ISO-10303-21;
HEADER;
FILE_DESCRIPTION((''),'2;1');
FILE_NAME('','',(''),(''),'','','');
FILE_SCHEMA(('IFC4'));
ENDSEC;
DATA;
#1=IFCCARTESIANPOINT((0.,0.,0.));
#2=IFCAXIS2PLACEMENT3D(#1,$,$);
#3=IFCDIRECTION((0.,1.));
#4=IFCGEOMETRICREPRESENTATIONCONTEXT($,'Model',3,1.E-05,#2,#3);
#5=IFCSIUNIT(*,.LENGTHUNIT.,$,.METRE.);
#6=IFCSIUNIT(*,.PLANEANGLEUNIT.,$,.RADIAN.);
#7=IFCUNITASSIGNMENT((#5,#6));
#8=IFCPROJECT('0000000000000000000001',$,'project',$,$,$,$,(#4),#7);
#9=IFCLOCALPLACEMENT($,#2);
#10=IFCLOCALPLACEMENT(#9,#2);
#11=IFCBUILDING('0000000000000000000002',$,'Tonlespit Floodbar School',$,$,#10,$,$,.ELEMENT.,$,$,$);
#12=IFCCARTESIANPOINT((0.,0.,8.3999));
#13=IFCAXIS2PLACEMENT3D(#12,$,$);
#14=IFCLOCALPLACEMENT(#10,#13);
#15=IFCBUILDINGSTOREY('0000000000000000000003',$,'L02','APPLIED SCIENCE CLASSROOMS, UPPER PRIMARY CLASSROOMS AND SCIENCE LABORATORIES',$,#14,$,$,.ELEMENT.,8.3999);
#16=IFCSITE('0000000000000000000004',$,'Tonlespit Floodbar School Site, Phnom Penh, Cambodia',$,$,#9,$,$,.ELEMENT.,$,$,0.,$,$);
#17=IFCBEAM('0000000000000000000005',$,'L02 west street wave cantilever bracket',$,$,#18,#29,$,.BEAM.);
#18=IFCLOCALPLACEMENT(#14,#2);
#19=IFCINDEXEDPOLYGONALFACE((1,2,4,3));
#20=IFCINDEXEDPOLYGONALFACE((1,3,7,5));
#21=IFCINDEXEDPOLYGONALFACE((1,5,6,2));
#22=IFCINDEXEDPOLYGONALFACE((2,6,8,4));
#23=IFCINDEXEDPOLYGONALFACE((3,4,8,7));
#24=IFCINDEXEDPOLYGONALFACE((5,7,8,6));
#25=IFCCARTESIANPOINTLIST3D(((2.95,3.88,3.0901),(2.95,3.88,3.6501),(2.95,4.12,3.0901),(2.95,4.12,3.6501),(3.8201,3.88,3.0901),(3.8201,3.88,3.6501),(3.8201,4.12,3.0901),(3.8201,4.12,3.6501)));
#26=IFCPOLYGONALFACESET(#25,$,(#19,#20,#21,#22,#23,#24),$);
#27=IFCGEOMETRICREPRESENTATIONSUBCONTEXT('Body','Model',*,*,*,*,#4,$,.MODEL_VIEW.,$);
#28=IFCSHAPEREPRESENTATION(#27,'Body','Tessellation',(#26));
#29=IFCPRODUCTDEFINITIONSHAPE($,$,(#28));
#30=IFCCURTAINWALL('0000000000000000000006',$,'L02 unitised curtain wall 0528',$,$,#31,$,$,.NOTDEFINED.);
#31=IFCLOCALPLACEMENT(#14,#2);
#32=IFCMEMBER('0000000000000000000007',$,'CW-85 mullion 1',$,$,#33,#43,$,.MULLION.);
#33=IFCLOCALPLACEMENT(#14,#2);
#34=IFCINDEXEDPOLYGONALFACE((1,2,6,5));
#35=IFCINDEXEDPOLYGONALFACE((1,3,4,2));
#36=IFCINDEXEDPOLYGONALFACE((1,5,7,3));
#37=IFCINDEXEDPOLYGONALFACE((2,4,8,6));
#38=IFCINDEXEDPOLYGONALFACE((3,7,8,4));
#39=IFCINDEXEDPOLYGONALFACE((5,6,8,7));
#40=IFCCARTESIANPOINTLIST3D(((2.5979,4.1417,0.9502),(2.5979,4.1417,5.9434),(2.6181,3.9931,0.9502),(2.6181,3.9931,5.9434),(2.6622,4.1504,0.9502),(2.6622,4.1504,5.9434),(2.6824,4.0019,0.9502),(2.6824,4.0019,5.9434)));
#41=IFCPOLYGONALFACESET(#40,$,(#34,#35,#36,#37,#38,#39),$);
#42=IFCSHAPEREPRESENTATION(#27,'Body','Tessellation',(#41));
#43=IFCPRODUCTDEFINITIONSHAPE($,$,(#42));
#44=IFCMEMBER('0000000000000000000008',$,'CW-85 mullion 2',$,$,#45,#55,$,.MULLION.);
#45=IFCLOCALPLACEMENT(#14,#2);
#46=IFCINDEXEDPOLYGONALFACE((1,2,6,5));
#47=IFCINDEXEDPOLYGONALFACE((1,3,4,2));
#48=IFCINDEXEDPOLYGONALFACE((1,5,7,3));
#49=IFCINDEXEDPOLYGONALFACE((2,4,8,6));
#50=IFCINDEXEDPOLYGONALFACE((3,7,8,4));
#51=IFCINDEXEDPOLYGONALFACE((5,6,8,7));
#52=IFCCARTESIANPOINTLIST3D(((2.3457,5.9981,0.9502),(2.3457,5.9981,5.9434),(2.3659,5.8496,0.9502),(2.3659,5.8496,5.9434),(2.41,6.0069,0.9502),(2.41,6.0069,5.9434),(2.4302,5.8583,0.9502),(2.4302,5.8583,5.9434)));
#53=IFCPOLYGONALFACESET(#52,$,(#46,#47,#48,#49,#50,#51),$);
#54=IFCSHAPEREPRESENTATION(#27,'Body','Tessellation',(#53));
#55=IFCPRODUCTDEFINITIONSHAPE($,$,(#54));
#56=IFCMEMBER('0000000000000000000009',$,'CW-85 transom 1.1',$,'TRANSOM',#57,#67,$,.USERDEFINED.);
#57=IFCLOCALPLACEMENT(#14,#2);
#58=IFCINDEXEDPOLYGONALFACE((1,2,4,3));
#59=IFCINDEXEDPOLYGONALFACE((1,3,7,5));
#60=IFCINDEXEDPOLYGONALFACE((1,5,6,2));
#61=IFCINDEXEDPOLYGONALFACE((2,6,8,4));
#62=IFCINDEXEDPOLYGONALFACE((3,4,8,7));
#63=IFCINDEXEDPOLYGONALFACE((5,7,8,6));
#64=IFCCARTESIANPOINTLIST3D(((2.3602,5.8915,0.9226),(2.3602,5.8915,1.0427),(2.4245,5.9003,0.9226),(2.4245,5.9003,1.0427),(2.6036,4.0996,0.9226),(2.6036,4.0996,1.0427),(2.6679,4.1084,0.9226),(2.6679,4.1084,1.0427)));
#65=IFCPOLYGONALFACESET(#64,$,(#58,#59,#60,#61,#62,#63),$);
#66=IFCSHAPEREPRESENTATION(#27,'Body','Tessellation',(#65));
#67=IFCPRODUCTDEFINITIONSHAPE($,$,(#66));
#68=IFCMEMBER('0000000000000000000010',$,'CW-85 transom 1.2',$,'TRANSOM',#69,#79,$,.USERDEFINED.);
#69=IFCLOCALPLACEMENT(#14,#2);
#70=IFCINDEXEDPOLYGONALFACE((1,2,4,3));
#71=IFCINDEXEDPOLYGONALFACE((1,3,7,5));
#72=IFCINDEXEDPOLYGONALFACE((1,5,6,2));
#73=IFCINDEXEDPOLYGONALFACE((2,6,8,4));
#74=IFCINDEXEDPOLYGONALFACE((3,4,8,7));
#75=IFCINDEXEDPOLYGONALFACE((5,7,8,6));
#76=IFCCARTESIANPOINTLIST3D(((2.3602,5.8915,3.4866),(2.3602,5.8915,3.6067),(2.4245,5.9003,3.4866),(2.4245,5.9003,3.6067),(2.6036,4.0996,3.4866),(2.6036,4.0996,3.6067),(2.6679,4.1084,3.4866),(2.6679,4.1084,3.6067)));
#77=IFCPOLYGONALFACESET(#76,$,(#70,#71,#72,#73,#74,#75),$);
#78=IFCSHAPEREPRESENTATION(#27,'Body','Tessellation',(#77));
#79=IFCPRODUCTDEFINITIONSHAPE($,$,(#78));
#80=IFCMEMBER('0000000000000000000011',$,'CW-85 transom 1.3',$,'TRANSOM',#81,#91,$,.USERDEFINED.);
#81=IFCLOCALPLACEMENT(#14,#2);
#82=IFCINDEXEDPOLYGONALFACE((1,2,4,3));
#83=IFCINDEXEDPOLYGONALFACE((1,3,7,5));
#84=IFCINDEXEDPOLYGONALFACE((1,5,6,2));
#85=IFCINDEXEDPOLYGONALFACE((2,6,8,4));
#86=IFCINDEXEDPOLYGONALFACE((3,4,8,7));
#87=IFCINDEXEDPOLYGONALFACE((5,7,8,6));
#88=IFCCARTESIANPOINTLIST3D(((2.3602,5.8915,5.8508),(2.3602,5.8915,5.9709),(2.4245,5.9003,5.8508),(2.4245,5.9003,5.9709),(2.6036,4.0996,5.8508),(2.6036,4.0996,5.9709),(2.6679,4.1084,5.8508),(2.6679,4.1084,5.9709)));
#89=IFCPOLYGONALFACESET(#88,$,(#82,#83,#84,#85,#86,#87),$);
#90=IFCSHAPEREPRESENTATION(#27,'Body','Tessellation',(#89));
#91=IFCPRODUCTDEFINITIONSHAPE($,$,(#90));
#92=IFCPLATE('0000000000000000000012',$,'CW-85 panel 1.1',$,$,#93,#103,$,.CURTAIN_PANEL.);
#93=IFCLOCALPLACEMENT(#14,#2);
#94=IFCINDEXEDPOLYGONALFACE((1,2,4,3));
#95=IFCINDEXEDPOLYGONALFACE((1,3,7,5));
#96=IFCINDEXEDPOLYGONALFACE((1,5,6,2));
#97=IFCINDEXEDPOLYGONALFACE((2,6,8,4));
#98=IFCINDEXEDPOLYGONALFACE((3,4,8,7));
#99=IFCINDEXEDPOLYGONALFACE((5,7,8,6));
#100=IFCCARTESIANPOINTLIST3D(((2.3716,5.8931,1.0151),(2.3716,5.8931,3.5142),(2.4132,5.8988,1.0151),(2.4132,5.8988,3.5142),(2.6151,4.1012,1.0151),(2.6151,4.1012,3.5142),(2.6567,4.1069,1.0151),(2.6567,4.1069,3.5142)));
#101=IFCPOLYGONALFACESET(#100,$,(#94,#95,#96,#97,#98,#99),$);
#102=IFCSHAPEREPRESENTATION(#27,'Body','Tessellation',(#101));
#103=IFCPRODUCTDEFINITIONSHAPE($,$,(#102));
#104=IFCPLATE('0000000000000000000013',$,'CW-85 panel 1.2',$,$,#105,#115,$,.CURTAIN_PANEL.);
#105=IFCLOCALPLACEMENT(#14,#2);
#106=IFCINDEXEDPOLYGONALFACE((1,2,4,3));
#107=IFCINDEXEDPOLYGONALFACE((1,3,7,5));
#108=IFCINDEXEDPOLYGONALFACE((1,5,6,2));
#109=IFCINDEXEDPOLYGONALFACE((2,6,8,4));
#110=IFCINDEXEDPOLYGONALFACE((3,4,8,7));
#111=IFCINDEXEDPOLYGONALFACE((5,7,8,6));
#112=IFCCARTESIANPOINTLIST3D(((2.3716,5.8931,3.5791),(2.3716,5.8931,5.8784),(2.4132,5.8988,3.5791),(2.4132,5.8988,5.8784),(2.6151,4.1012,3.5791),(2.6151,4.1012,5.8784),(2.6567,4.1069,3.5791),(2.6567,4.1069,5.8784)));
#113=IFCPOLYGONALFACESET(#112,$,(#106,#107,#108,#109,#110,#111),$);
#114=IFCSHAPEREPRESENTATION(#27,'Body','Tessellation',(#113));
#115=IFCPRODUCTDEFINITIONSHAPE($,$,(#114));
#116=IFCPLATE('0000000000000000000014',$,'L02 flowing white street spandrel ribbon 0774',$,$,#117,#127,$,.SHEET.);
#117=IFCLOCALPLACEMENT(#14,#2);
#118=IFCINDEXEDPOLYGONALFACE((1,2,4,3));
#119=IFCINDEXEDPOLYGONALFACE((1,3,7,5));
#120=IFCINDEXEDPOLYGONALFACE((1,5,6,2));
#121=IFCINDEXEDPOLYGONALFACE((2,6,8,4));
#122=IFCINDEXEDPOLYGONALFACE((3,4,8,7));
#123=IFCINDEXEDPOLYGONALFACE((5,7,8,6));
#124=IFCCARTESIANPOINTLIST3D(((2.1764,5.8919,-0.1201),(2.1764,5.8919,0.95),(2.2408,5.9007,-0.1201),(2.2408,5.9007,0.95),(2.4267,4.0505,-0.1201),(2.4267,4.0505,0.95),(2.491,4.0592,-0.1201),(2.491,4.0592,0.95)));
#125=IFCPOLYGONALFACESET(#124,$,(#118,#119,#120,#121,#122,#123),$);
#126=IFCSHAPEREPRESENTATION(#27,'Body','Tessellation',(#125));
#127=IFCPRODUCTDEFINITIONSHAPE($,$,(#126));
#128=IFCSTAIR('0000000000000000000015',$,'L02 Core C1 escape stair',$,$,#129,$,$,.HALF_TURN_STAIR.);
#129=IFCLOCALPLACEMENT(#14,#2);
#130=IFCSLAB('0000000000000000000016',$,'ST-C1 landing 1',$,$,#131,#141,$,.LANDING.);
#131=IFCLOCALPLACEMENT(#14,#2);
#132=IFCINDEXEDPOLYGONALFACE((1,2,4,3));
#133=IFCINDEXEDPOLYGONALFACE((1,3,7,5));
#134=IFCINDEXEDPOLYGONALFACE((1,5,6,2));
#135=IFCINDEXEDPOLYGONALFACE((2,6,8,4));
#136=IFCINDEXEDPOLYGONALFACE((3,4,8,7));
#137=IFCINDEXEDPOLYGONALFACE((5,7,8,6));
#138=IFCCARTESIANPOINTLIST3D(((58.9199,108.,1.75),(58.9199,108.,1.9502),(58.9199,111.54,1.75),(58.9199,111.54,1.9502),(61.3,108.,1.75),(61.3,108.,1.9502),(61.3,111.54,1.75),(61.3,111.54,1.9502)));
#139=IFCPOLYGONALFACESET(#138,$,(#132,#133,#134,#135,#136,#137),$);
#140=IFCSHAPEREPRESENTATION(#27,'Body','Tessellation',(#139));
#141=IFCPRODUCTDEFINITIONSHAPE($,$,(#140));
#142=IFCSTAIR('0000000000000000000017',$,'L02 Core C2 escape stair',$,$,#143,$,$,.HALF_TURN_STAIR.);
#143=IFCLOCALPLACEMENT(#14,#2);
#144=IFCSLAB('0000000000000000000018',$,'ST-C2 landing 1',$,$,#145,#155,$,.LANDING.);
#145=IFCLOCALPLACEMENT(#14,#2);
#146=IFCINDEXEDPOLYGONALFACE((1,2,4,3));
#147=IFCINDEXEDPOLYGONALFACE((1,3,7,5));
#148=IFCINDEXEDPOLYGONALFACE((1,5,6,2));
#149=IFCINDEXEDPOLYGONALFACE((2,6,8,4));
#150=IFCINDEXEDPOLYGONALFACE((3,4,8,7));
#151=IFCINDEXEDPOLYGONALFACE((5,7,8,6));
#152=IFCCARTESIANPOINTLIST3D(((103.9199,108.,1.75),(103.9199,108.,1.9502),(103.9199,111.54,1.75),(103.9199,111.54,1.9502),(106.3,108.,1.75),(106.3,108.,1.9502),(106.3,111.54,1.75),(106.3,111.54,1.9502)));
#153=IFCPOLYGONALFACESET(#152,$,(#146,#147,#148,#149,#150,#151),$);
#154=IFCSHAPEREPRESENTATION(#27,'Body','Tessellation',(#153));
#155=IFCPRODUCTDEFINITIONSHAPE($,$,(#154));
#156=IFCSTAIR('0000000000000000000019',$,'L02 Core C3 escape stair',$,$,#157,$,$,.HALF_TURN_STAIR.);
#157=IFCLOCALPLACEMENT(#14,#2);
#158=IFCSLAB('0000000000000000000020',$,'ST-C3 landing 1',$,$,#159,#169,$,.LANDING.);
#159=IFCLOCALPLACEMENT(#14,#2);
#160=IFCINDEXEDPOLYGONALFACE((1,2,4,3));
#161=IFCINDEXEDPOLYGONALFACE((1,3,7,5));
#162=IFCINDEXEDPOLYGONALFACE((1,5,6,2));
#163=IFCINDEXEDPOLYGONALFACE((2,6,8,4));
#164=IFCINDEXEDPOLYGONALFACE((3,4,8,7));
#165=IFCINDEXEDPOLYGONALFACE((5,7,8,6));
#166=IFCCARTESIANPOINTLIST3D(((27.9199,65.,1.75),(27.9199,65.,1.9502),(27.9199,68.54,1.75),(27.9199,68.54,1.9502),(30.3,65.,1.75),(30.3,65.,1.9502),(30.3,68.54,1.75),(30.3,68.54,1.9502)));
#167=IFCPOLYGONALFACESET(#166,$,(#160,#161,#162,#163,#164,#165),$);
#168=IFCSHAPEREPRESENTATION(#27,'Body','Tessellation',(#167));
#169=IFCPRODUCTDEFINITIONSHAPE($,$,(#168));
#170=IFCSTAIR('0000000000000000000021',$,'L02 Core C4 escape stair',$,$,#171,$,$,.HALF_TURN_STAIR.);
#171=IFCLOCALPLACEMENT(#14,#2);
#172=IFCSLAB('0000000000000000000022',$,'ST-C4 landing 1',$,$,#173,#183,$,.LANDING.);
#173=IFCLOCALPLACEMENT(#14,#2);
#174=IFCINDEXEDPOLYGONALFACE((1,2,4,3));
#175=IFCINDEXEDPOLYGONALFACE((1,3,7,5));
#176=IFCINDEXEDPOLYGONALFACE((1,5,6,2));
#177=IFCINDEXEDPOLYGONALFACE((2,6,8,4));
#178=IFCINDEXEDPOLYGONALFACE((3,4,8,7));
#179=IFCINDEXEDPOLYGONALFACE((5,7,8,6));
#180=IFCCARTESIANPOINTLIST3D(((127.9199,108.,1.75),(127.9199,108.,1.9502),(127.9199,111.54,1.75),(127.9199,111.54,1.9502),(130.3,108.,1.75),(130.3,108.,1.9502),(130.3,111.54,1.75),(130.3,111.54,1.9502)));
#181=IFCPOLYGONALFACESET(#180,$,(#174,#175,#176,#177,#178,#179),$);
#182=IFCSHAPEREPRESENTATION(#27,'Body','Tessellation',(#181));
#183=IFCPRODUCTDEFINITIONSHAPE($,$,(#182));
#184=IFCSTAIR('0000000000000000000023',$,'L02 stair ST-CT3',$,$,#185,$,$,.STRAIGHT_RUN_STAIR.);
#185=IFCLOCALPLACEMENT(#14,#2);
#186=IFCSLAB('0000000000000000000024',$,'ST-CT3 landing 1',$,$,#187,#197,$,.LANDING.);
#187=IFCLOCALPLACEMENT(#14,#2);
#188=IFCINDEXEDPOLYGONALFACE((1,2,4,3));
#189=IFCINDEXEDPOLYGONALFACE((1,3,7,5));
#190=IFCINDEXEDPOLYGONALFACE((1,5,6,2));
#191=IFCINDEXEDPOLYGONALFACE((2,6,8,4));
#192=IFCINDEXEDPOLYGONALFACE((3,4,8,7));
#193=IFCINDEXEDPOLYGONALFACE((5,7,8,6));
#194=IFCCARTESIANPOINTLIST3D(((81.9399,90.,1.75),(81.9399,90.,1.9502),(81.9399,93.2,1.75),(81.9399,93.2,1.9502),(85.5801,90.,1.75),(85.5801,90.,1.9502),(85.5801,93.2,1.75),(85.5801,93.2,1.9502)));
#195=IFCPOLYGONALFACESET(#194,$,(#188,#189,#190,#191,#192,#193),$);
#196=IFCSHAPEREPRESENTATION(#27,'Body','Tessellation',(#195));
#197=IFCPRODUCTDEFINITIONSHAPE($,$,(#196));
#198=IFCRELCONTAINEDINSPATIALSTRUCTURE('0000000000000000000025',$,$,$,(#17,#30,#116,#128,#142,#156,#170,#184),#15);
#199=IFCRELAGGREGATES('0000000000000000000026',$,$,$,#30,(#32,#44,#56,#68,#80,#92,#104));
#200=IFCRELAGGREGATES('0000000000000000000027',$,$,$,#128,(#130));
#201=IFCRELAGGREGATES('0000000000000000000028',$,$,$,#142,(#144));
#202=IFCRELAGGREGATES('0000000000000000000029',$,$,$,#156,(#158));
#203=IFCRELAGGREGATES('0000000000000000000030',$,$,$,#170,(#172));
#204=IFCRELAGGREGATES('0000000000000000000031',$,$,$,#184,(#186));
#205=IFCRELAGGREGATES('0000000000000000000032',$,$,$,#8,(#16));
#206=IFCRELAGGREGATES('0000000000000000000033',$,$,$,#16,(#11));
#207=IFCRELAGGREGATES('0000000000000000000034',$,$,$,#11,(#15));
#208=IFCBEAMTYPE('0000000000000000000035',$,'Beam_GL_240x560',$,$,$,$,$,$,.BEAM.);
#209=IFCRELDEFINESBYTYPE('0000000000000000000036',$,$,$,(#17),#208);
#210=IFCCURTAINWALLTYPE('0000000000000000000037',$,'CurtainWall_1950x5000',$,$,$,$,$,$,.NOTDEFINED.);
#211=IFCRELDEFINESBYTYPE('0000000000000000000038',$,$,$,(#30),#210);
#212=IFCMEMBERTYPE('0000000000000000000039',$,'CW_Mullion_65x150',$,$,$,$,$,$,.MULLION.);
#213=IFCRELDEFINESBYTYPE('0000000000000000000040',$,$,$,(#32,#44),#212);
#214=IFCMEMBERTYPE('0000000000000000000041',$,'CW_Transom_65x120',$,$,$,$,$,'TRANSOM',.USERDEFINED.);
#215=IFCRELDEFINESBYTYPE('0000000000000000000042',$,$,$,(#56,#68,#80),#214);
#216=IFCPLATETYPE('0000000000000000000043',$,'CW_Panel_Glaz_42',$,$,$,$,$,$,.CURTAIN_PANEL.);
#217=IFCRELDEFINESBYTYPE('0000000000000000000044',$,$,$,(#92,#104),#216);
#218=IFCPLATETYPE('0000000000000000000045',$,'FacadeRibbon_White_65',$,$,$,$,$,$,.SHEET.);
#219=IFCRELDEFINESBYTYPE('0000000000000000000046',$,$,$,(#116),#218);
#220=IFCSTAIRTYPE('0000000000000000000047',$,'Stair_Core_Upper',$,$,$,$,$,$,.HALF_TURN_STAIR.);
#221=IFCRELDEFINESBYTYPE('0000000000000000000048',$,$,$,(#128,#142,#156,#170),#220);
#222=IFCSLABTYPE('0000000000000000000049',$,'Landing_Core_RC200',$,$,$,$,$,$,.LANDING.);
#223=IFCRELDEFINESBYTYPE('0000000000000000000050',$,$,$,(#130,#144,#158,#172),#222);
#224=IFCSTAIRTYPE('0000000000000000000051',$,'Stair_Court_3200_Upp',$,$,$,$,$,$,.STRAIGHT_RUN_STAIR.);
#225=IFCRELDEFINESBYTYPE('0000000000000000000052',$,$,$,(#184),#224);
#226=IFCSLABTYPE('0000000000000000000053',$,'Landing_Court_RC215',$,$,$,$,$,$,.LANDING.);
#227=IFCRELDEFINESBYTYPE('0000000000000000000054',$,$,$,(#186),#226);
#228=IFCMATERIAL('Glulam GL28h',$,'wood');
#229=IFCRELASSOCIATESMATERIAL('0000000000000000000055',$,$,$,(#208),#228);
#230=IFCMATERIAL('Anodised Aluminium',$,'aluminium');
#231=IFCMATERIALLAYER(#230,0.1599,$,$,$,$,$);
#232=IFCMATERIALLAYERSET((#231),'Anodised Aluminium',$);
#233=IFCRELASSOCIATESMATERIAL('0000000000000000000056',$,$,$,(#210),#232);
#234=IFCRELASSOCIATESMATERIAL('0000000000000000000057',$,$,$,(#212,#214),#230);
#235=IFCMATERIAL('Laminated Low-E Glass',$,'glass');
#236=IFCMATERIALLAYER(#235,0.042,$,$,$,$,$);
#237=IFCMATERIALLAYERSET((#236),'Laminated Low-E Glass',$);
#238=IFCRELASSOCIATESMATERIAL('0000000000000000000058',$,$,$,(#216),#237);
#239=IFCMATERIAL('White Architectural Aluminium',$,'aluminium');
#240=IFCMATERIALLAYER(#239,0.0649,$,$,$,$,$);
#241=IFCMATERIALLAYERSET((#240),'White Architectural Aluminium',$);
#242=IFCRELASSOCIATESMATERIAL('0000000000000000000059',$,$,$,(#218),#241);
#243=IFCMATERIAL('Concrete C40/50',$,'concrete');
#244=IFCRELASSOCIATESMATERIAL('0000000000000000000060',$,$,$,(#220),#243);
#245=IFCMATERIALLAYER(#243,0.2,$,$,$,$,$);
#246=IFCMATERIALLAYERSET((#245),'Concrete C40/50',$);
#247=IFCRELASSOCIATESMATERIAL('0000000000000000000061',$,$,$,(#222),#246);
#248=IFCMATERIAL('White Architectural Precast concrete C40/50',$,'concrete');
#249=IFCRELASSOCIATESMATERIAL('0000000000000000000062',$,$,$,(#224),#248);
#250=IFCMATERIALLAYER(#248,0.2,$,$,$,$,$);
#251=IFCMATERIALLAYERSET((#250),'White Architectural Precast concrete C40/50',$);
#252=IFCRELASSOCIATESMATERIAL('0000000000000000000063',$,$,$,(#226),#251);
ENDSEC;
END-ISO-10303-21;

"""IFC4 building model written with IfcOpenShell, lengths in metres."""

from ifc_helpers import new_model, si_unit, direction, frame, origin, origin_2d, place, context, subcontext, project, spatial, polyline, rectangle, outline, extrude, material, layer, layer_set, material_profile, profile_set, type_object, element, aggregate, save


model = new_model("IFC4")

# Units and contexts
model_context = context("Model", 3, precision=1e-05, world=origin(), true_north=direction((0.0, 1.0)))
body_context = subcontext(model_context, "Body", "Model", "MODEL_VIEW")
ifc_project = project(units=[si_unit("LENGTHUNIT", "METRE"), si_unit("PLANEANGLEUNIT", "RADIAN")], contexts=[model_context])

# Site, building, storey
site_placement = place(None, origin())
site = spatial("IfcSite", under=ifc_project, at=site_placement, Name="Tonlespit Floodbar School Site, Phnom Penh, Cambodia", CompositionType="ELEMENT", RefElevation=0.0)
building_placement = place(site_placement, origin())
building = spatial("IfcBuilding", under=site, at=building_placement, Name="Tonlespit Floodbar School", CompositionType="ELEMENT")
storey_placement = place(building_placement, frame((0.0, 0.0, 8.3999)))
storey = spatial("IfcBuildingStorey", under=building, at=storey_placement, Name="L02", Description="APPLIED SCIENCE CLASSROOMS, UPPER PRIMARY CLASSROOMS AND SCIENCE LABORATORIES", CompositionType="ELEMENT", Elevation=8.3999)

# Beam
ifc_material_1 = material(Name="Glulam GL28h", Category="wood")
ifc_material_profile_1 = material_profile(ifc_material_1, rectangle(XDim=0.24, YDim=0.5601, at=origin_2d()), Name="GL 240x560")
ifc_profile_set_1 = profile_set([ifc_material_profile_1], Name="Glulam GL28h")
beam_type = type_object("IfcBeamType", Name="Beam_GL_240x560", PredefinedType="BEAM", material=ifc_profile_set_1)
beam_placement = place(storey_placement, frame((3.8201, 4.0, 3.3701), z_axis=(-1.0, 0.0, 0.0), x_axis=(0.0, -1.0, 0.0)))
element("IfcBeam", 1, at=beam_placement, inside=storey, type_object=beam_type, Name="L02 west street wave cantilever bracket", PredefinedType="BEAM", context=body_context, shape_type="SweptSolid", body=[
    extrude(rectangle(XDim=0.24, YDim=0.5601, at=origin_2d()), origin(), (0.0, 0.0, 1.0), 0.8701),
])

# Curtain wall, members, plates
ifc_material_2 = material(Name="Anodised Aluminium", Category="aluminium")
ifc_layer_1 = layer(ifc_material_2, 0.1599)
ifc_layer_set_1 = layer_set([ifc_layer_1], Name="Anodised Aluminium")
curtain_wall_type = type_object("IfcCurtainWallType", Name="CurtainWall_1950x5000", PredefinedType="NOTDEFINED", material=ifc_layer_set_1)
curtain_wall_placement = place(storey_placement, origin())
curtain_wall = element("IfcCurtainWall", 2, at=curtain_wall_placement, inside=storey, type_object=curtain_wall_type, Name="L02 unitised curtain wall 0528", PredefinedType="NOTDEFINED")
ifc_material_profile_2 = material_profile(ifc_material_2, rectangle(XDim=0.0649, YDim=0.1499, at=origin_2d()), Name="ALU M65x150")
ifc_profile_set_2 = profile_set([ifc_material_profile_2], Name="Anodised Aluminium")
member_type_1 = type_object("IfcMemberType", Name="CW_Mullion_65x150", PredefinedType="MULLION", material=ifc_profile_set_2)
member_1_placement = place(storey_placement, frame((2.6401, 4.0718, 0.9502), z_axis=(0.0, 0.0, 1.0), x_axis=(-0.990894, -0.134644, 0.0)))
member_1 = element("IfcMember", 3, at=member_1_placement, type_object=member_type_1, Name="CW-85 mullion 1", PredefinedType="MULLION", context=body_context, shape_type="SweptSolid", body=[
    extrude(rectangle(XDim=0.0649, YDim=0.1499, at=origin_2d()), origin(), (0.0, 0.0, 1.0), 4.9932),
])
member_2_placement = place(storey_placement, frame((2.3879, 5.9282, 0.9502), z_axis=(0.0, 0.0, 1.0), x_axis=(-0.990894, -0.134644, 0.0)))
member_2 = element("IfcMember", 4, at=member_2_placement, type_object=member_type_1, Name="CW-85 mullion 2", PredefinedType="MULLION", context=body_context, shape_type="SweptSolid", body=[
    extrude(rectangle(XDim=0.0649, YDim=0.1499, at=origin_2d()), origin(), (0.0, 0.0, 1.0), 4.9932),
])
ifc_material_profile_3 = material_profile(ifc_material_2, rectangle(XDim=0.0649, YDim=0.1201, at=origin_2d()), Name="ALU T65x120")
ifc_profile_set_3 = profile_set([ifc_material_profile_3], Name="Anodised Aluminium")
member_type_2 = type_object("IfcMemberType", Name="CW_Transom_65x120", ElementType="TRANSOM", PredefinedType="USERDEFINED", material=ifc_profile_set_3)
member_3_placement = place(storey_placement, frame((2.6357, 4.104, 0.9827), z_axis=(-0.134595, 0.990901, 0.0), x_axis=(-0.990901, -0.134595, 0.0)))
member_3 = element("IfcMember", 5, at=member_3_placement, type_object=member_type_2, Name="CW-85 transom 1.1", ObjectType="TRANSOM", PredefinedType="USERDEFINED", context=body_context, shape_type="SweptSolid", body=[
    extrude(rectangle(XDim=0.0649, YDim=0.1201, at=origin_2d()), origin(), (0.0, 0.0, 1.0), 1.8083),
])
member_4_placement = place(storey_placement, frame((2.6357, 4.104, 3.5466), z_axis=(-0.134595, 0.990901, 0.0), x_axis=(-0.990901, -0.134595, 0.0)))
member_4 = element("IfcMember", 6, at=member_4_placement, type_object=member_type_2, Name="CW-85 transom 1.2", ObjectType="TRANSOM", PredefinedType="USERDEFINED", context=body_context, shape_type="SweptSolid", body=[
    extrude(rectangle(XDim=0.0649, YDim=0.1201, at=origin_2d()), origin(), (0.0, 0.0, 1.0), 1.8083),
])
member_5_placement = place(storey_placement, frame((2.6357, 4.104, 5.9109), z_axis=(-0.134595, 0.990901, 0.0), x_axis=(-0.990901, -0.134595, 0.0)))
member_5 = element("IfcMember", 7, at=member_5_placement, type_object=member_type_2, Name="CW-85 transom 1.3", ObjectType="TRANSOM", PredefinedType="USERDEFINED", context=body_context, shape_type="SweptSolid", body=[
    extrude(rectangle(XDim=0.0649, YDim=0.1201, at=origin_2d()), origin(), (0.0, 0.0, 1.0), 1.8083),
])
ifc_material_3 = material(Name="Laminated Low-E Glass", Category="glass")
ifc_layer_2 = layer(ifc_material_3, 0.042)
ifc_layer_set_2 = layer_set([ifc_layer_2], Name="Laminated Low-E Glass")
plate_type_1 = type_object("IfcPlateType", Name="CW_Panel_Glaz_42", PredefinedType="CURTAIN_PANEL", material=ifc_layer_set_2)
plate_1_placement = place(storey_placement, frame((2.5142, 5.0, 1.0151), z_axis=(0.0, 0.0, 1.0), x_axis=(-0.134644, 0.990894, 0.0)))
plate_1 = element("IfcPlate", 8, at=plate_1_placement, type_object=plate_type_1, Name="CW-85 panel 1.1", PredefinedType="CURTAIN_PANEL", context=body_context, shape_type="SweptSolid", body=[
    extrude(rectangle(XDim=1.8083, YDim=0.042, at=origin_2d()), origin(), (0.0, 0.0, 1.0), 2.499),
])
plate_2_placement = place(storey_placement, frame((2.5142, 5.0, 3.5791), z_axis=(0.0, 0.0, 1.0), x_axis=(-0.134644, 0.990894, 0.0)))
plate_2 = element("IfcPlate", 9, at=plate_2_placement, type_object=plate_type_1, Name="CW-85 panel 1.2", PredefinedType="CURTAIN_PANEL", context=body_context, shape_type="SweptSolid", body=[
    extrude(rectangle(XDim=1.8083, YDim=0.042, at=origin_2d()), origin(), (0.0, 0.0, 1.0), 2.2993),
])
aggregate(curtain_wall, [member_1, member_2, member_3, member_4, member_5, plate_1, plate_2])

# Plate
ifc_material_4 = material(Name="White Architectural Aluminium", Category="aluminium")
ifc_layer_3 = layer(ifc_material_4, 0.0649)
ifc_layer_set_3 = layer_set([ifc_layer_3], Name="White Architectural Aluminium")
plate_type_2 = type_object("IfcPlateType", Name="FacadeRibbon_White_65", PredefinedType="SHEET", material=ifc_layer_set_3)
plate_3_placement = place(storey_placement, frame((2.3337, 4.9756, -0.1201), z_axis=(0.0, 0.0, 1.0), x_axis=(-0.134662, 0.990892, 0.0)))
element("IfcPlate", 10, at=plate_3_placement, inside=storey, type_object=plate_type_2, Name="L02 flowing white street spandrel ribbon 0774", PredefinedType="SHEET", context=body_context, shape_type="SweptSolid", body=[
    extrude(rectangle(XDim=1.8584, YDim=0.0649, at=origin_2d()), origin(), (0.0, 0.0, 1.0), 1.0701),
])

# Stairs, slabs
ifc_material_5 = material(Name="Concrete C40/50", Category="concrete")
stair_type_1 = type_object("IfcStairType", Name="Stair_Core_Upper", PredefinedType="HALF_TURN_STAIR", material=ifc_material_5)
stair_1_placement = place(storey_placement, origin())
stair_1 = element("IfcStair", 11, at=stair_1_placement, inside=storey, type_object=stair_type_1, Name="L02 Core C1 escape stair", PredefinedType="HALF_TURN_STAIR")
ifc_layer_4 = layer(ifc_material_5, 0.2)
ifc_layer_set_4 = layer_set([ifc_layer_4], Name="Concrete C40/50")
slab_type_1 = type_object("IfcSlabType", Name="Landing_Core_RC200", PredefinedType="LANDING", material=ifc_layer_set_4)
slab_1_placement = place(storey_placement, frame((0.0, 0.0, 1.75)))
slab_1 = element("IfcSlab", 12, at=slab_1_placement, type_object=slab_type_1, Name="ST-C1 landing 1", PredefinedType="LANDING", context=body_context, shape_type="SweptSolid", body=[
    extrude(outline(polyline([(58.9199, 108.0), (61.3, 108.0), (61.3, 111.54), (58.9199, 111.54), (58.9199, 108.0)])), origin(), (0.0, 0.0, 1.0), 0.2002),
])
aggregate(stair_1, [slab_1])
stair_2_placement = place(storey_placement, origin())
stair_2 = element("IfcStair", 13, at=stair_2_placement, inside=storey, type_object=stair_type_1, Name="L02 Core C2 escape stair", PredefinedType="HALF_TURN_STAIR")
slab_2_placement = place(storey_placement, frame((0.0, 0.0, 1.75)))
slab_2 = element("IfcSlab", 14, at=slab_2_placement, type_object=slab_type_1, Name="ST-C2 landing 1", PredefinedType="LANDING", context=body_context, shape_type="SweptSolid", body=[
    extrude(outline(polyline([(103.9199, 108.0), (106.3, 108.0), (106.3, 111.54), (103.9199, 111.54), (103.9199, 108.0)])), origin(), (0.0, 0.0, 1.0), 0.2002),
])
aggregate(stair_2, [slab_2])
stair_3_placement = place(storey_placement, origin())
stair_3 = element("IfcStair", 15, at=stair_3_placement, inside=storey, type_object=stair_type_1, Name="L02 Core C3 escape stair", PredefinedType="HALF_TURN_STAIR")
slab_3_placement = place(storey_placement, frame((0.0, 0.0, 1.75)))
slab_3 = element("IfcSlab", 16, at=slab_3_placement, type_object=slab_type_1, Name="ST-C3 landing 1", PredefinedType="LANDING", context=body_context, shape_type="SweptSolid", body=[
    extrude(outline(polyline([(27.9199, 65.0), (30.3, 65.0), (30.3, 68.54), (27.9199, 68.54), (27.9199, 65.0)])), origin(), (0.0, 0.0, 1.0), 0.2002),
])
aggregate(stair_3, [slab_3])
stair_4_placement = place(storey_placement, origin())
stair_4 = element("IfcStair", 17, at=stair_4_placement, inside=storey, type_object=stair_type_1, Name="L02 Core C4 escape stair", PredefinedType="HALF_TURN_STAIR")
slab_4_placement = place(storey_placement, frame((0.0, 0.0, 1.75)))
slab_4 = element("IfcSlab", 18, at=slab_4_placement, type_object=slab_type_1, Name="ST-C4 landing 1", PredefinedType="LANDING", context=body_context, shape_type="SweptSolid", body=[
    extrude(outline(polyline([(127.9199, 108.0), (130.3, 108.0), (130.3, 111.54), (127.9199, 111.54), (127.9199, 108.0)])), origin(), (0.0, 0.0, 1.0), 0.2002),
])
aggregate(stair_4, [slab_4])
ifc_material_6 = material(Name="White Architectural Precast concrete C40/50", Category="concrete")
stair_type_2 = type_object("IfcStairType", Name="Stair_Court_3200_Upp", PredefinedType="STRAIGHT_RUN_STAIR", material=ifc_material_6)
stair_5_placement = place(storey_placement, origin())
stair_5 = element("IfcStair", 19, at=stair_5_placement, inside=storey, type_object=stair_type_2, Name="L02 stair ST-CT3", PredefinedType="STRAIGHT_RUN_STAIR")
ifc_layer_5 = layer(ifc_material_6, 0.2)
ifc_layer_set_5 = layer_set([ifc_layer_5], Name="White Architectural Precast concrete C40/50")
slab_type_2 = type_object("IfcSlabType", Name="Landing_Court_RC215", PredefinedType="LANDING", material=ifc_layer_set_5)
slab_5_placement = place(storey_placement, frame((0.0, 0.0, 1.75)))
slab_5 = element("IfcSlab", 20, at=slab_5_placement, type_object=slab_type_2, Name="ST-CT3 landing 1", PredefinedType="LANDING", context=body_context, shape_type="SweptSolid", body=[
    extrude(outline(polyline([(81.9399, 90.0), (85.5801, 90.0), (85.5801, 93.2), (81.9399, 93.2), (81.9399, 90.0)])), origin(), (0.0, 0.0, 1.0), 0.2002),
])
aggregate(stair_5, [slab_5])

save(model, "model.ifc")
